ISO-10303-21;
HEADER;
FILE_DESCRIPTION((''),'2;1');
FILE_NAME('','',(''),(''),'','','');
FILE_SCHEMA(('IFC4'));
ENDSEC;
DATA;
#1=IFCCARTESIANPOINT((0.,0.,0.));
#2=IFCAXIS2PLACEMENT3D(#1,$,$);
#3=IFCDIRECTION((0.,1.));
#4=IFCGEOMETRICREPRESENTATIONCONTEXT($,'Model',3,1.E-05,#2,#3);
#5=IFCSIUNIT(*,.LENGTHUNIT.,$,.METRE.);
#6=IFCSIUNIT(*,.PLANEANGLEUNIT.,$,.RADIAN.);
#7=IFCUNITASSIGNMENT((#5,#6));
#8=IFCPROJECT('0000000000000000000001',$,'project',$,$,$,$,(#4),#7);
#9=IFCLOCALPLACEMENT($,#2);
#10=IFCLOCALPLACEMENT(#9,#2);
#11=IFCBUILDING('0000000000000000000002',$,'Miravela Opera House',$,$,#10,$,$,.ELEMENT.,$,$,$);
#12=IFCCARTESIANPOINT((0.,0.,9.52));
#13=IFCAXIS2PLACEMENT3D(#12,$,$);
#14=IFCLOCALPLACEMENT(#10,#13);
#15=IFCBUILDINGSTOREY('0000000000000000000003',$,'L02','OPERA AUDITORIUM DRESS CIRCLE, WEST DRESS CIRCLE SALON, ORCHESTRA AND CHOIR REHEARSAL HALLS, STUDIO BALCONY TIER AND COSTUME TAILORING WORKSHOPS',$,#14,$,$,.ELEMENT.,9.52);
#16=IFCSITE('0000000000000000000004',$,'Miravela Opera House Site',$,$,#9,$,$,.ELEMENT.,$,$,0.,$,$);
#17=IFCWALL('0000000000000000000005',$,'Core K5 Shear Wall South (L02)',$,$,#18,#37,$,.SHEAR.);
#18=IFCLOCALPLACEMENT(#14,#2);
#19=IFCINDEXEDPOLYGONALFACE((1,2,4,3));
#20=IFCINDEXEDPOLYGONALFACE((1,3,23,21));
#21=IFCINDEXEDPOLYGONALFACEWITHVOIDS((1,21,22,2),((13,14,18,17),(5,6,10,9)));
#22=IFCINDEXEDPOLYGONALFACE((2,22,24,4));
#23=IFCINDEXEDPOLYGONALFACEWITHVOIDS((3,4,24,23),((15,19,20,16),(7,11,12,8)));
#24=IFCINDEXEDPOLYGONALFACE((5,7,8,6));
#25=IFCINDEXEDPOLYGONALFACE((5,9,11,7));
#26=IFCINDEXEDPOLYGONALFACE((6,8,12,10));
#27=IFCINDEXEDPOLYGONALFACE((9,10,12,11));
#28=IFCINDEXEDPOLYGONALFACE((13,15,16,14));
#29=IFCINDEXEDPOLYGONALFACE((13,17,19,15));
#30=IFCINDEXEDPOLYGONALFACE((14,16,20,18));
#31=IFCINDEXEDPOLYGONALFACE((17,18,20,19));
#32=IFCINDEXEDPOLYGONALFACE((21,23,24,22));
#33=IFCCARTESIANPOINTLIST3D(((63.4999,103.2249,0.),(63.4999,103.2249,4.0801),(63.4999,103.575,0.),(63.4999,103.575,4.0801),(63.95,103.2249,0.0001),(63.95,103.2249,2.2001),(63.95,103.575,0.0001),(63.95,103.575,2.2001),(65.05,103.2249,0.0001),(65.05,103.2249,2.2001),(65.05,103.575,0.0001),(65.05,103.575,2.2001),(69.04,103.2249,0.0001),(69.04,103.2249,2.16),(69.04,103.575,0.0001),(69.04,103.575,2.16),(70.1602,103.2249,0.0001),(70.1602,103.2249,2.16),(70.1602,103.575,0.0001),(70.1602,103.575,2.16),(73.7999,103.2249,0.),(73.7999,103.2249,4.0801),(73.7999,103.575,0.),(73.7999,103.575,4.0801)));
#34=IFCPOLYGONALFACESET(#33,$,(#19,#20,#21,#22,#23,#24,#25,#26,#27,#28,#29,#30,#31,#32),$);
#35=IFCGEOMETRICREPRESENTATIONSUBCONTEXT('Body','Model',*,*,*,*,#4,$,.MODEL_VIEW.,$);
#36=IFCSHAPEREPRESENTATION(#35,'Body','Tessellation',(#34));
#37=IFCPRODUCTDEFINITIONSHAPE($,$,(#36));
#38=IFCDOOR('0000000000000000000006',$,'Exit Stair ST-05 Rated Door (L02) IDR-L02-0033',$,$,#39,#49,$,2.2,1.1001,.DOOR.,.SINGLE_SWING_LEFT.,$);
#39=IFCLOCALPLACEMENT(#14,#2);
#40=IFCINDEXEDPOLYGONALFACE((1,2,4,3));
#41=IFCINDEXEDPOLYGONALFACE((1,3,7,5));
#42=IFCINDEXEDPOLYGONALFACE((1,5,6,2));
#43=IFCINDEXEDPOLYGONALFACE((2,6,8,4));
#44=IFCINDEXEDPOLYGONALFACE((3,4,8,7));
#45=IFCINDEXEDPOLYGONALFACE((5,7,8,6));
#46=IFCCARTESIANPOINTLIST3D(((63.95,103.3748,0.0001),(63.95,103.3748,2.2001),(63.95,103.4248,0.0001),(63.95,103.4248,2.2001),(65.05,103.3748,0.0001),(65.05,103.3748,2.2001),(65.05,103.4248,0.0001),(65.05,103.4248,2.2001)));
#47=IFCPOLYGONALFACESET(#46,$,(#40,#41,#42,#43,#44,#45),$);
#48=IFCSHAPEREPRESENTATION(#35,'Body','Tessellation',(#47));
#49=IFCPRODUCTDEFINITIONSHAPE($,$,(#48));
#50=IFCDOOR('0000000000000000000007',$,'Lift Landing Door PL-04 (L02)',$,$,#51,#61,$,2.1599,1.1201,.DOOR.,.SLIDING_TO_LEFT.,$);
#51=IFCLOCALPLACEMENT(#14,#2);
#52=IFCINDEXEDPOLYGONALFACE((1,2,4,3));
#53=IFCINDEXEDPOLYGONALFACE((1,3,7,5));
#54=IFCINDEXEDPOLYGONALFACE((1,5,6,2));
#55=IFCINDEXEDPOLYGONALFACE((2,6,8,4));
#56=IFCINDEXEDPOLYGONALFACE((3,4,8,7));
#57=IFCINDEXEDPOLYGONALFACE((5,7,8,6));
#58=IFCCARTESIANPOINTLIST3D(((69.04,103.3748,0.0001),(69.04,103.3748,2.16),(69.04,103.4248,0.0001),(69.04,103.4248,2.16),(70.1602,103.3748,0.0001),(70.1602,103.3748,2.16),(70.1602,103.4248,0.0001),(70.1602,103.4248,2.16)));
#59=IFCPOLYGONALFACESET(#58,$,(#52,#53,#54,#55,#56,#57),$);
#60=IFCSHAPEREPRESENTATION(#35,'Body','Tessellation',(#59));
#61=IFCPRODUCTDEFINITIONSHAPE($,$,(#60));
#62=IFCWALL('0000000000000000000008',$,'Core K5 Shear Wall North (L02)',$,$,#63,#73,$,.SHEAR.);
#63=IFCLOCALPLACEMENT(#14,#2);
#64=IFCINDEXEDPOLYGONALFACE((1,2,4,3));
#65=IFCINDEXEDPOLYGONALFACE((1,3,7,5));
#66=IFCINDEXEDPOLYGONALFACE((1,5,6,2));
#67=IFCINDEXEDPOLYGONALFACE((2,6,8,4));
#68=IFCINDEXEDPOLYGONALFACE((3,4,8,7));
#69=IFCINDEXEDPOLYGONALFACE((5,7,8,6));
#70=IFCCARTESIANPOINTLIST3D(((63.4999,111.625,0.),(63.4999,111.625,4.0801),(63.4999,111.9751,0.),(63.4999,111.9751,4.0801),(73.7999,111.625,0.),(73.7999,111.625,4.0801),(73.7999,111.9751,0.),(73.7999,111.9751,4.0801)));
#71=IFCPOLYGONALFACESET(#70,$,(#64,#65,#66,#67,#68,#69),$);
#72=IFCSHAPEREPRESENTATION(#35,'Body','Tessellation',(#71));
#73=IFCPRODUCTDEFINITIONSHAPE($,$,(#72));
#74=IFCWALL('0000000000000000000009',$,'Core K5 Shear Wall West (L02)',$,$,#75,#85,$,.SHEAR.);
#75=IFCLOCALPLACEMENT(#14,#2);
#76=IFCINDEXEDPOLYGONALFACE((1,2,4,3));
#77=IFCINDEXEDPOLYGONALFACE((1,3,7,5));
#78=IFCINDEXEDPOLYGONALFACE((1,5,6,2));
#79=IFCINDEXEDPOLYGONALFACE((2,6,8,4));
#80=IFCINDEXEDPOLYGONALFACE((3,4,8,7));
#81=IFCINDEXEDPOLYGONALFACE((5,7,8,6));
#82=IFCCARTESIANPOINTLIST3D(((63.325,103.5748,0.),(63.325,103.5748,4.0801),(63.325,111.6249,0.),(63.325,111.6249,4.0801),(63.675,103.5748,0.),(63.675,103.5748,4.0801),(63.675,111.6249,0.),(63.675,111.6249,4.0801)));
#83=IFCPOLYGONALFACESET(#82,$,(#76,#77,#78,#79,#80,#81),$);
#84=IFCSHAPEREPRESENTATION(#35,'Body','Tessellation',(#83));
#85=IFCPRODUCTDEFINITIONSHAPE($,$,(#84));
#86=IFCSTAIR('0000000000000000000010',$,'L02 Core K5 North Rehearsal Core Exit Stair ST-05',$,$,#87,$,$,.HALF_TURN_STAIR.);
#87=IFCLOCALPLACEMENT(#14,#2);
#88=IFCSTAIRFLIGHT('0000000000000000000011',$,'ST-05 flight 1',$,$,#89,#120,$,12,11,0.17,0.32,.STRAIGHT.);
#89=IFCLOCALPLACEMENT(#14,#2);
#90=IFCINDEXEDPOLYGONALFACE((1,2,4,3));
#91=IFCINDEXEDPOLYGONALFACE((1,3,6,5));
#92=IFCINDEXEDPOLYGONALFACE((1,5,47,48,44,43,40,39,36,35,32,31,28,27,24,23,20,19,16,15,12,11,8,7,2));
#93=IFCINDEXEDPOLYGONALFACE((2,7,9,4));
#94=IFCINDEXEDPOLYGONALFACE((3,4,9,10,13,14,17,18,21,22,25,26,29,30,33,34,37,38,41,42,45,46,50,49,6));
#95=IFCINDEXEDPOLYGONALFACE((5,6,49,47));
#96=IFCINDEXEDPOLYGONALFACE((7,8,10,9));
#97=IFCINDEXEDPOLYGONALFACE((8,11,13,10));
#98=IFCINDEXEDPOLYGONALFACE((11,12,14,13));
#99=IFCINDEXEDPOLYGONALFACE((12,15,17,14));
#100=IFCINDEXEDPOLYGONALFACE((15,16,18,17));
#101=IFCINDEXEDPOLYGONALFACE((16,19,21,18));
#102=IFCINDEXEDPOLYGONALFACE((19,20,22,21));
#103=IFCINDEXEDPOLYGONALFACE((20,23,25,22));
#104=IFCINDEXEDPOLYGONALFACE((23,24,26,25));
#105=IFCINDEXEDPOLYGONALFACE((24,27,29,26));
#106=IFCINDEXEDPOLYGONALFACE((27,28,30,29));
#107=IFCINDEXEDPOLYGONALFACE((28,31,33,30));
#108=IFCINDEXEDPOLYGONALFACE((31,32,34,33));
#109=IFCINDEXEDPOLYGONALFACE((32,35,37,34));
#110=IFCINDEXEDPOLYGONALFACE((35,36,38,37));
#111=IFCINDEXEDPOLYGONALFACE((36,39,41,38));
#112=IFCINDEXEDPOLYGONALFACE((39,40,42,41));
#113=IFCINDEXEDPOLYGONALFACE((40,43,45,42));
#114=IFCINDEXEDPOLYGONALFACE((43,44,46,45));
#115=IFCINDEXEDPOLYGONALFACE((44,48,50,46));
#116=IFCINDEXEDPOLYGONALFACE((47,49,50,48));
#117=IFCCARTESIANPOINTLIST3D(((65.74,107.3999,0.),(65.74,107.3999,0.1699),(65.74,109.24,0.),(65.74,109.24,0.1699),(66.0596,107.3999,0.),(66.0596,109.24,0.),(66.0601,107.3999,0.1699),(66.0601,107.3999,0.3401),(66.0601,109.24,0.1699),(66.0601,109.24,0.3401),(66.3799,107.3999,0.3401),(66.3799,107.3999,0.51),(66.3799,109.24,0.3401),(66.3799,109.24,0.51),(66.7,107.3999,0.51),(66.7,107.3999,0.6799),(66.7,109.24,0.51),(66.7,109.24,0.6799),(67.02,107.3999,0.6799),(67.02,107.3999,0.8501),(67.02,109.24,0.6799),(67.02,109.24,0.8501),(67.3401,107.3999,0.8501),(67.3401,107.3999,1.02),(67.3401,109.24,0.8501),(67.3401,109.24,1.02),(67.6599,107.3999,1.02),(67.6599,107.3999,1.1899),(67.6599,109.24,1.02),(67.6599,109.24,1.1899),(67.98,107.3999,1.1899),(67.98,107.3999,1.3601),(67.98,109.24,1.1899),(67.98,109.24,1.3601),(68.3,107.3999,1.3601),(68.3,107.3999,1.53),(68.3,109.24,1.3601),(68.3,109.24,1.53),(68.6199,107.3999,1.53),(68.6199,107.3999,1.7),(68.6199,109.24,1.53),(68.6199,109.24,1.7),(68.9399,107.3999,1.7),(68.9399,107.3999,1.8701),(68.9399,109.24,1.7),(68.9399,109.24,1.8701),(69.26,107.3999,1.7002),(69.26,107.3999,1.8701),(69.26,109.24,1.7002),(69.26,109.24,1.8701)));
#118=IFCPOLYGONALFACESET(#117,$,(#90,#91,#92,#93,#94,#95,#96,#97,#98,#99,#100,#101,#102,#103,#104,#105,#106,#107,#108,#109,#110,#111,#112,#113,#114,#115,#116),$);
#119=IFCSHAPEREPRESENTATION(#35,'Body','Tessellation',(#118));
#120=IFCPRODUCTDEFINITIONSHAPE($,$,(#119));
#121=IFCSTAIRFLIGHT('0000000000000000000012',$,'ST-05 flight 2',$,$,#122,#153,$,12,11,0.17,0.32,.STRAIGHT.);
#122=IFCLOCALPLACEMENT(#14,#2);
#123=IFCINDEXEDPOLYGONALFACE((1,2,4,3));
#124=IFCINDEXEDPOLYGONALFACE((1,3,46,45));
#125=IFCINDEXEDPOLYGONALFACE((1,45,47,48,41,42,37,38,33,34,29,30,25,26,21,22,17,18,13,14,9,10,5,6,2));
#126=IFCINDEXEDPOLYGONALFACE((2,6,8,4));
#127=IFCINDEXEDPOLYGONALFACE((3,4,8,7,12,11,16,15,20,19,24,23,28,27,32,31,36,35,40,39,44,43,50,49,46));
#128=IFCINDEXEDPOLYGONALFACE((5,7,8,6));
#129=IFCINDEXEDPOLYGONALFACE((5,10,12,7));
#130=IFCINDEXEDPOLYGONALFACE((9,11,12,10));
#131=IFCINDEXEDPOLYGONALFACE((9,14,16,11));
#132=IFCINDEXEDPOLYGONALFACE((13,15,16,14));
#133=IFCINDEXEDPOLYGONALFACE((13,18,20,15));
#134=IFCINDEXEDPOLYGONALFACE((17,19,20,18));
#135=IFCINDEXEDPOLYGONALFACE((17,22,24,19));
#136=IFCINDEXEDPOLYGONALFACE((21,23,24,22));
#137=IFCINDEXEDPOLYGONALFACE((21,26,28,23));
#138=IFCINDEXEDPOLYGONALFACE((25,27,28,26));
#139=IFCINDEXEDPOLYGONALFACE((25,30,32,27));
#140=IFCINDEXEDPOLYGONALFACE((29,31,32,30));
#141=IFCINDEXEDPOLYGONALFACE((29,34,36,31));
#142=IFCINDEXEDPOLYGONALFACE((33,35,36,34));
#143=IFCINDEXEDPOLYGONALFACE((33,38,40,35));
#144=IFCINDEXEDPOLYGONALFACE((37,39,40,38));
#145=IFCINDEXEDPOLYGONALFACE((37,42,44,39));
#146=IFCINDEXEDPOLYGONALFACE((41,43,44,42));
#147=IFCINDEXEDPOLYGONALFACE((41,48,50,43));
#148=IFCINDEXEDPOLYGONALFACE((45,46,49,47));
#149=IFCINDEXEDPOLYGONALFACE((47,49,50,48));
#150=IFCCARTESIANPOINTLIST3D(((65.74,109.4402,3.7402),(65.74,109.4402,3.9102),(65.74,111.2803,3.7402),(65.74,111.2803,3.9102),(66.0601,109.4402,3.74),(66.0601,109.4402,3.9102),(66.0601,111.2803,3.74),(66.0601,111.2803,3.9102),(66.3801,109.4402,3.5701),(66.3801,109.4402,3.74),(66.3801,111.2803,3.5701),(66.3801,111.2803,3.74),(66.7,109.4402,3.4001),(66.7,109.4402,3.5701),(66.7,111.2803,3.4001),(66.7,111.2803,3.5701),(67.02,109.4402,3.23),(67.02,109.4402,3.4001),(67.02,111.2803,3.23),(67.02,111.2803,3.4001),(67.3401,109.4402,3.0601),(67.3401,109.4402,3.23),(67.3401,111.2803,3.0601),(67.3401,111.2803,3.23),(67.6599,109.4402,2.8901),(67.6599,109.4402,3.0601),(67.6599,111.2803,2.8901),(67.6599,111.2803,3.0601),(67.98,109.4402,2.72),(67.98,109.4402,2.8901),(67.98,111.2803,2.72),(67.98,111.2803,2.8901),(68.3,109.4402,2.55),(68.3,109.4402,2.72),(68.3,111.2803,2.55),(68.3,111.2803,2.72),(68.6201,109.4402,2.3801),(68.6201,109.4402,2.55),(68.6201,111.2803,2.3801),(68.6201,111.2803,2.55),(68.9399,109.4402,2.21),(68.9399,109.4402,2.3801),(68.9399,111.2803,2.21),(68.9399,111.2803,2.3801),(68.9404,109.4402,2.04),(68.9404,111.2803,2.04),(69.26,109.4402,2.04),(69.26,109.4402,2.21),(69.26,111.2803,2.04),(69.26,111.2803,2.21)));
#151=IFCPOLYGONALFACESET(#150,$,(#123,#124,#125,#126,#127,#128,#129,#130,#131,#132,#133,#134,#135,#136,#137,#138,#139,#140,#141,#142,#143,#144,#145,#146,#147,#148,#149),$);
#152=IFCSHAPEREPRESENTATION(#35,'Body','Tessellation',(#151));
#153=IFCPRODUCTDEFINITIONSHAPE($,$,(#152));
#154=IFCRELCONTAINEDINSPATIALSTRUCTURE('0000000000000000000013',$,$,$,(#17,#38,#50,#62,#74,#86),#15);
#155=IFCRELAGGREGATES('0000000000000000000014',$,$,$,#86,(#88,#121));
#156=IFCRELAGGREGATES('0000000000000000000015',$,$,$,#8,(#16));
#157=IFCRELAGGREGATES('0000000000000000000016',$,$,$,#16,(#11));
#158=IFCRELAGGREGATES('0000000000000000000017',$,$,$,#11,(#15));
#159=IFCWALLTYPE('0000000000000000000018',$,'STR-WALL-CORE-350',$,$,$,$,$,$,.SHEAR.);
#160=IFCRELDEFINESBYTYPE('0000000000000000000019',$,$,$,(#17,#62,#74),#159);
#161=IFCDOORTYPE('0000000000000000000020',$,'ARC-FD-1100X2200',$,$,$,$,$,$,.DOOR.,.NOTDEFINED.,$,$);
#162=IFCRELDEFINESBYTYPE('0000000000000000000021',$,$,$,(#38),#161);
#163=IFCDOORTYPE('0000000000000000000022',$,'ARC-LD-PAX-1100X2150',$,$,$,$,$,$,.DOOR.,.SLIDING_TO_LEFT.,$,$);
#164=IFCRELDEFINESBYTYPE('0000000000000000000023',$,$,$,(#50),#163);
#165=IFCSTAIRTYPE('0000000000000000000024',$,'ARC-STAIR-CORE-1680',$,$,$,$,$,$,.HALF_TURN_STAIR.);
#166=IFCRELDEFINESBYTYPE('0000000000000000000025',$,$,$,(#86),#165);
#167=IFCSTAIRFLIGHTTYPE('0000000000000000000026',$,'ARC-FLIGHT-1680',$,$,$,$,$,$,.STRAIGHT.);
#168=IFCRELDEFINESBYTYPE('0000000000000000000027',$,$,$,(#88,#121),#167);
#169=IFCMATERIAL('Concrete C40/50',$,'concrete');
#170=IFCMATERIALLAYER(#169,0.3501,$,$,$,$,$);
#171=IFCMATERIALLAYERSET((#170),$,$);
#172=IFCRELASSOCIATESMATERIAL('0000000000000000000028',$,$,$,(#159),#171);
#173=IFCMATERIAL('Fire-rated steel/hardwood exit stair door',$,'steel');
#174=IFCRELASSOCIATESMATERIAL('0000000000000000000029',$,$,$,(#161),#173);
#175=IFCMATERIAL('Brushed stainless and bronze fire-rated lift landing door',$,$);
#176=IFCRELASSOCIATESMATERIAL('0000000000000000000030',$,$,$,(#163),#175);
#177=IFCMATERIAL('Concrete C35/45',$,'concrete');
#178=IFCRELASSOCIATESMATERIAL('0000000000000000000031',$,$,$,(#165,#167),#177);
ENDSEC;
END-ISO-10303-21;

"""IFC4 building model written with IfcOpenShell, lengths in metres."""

from ifc_helpers import new_model, si_unit, direction, frame, frame_2d, origin, place, context, subcontext, project, spatial, polyline, rectangle, outline, extrude, material, layer, layer_set, type_object, element, fill, aggregate, save


model = new_model("IFC4")

# Units and contexts
model_context = context("Model", 3, precision=1e-05, world=origin(), true_north=direction((0.0, 1.0)))
body_context = subcontext(model_context, "Body", "Model", "MODEL_VIEW")
ifc_project = project(units=[si_unit("LENGTHUNIT", "METRE"), si_unit("PLANEANGLEUNIT", "RADIAN")], contexts=[model_context])

# Site, building, storey
site_placement = place(None, origin())
site = spatial("IfcSite", under=ifc_project, at=site_placement, Name="Miravela Opera House Site", CompositionType="ELEMENT", RefElevation=0.0)
building_placement = place(site_placement, origin())
building = spatial("IfcBuilding", under=site, at=building_placement, Name="Miravela Opera House", CompositionType="ELEMENT")
storey_placement = place(building_placement, frame((0.0, 0.0, 9.52)))
storey = spatial("IfcBuildingStorey", under=building, at=storey_placement, Name="L02", Description="OPERA AUDITORIUM DRESS CIRCLE, WEST DRESS CIRCLE SALON, ORCHESTRA AND CHOIR REHEARSAL HALLS, STUDIO BALCONY TIER AND COSTUME TAILORING WORKSHOPS", CompositionType="ELEMENT", Elevation=9.52)

# Shared definitions
ifc_material_1 = material(Name="Concrete C35/45", Category="concrete")

# Shared definitions
ifc_material_2 = material(Name="Concrete C40/50", Category="concrete")

# Wall, openings, doors
ifc_layer_1 = layer(ifc_material_2, 0.3501)
ifc_layer_set_1 = layer_set([ifc_layer_1])
wall_type_1 = type_object("IfcWallType", Name="STR-WALL-CORE-350", PredefinedType="SHEAR", material=ifc_layer_set_1)
wall_1_placement = place(storey_placement, frame((63.5, 103.3999, 0.0), z_axis=(0.0, 0.0, 1.0), x_axis=(1.0, 0.0, 0.0)))
wall_1 = element("IfcWall", 1, at=wall_1_placement, inside=storey, type_object=wall_type_1, Name="Core K5 Shear Wall South (L02)", PredefinedType="SHEAR", context=body_context, shape_type="SweptSolid", body=[
    extrude(rectangle(XDim=10.3, YDim=0.3501, at=frame_2d((5.1499, 0.0))), origin(), (0.0, 0.0, 1.0), 4.0801),
])
opening_1_placement = place(wall_1_placement, frame((0.45, 0.0, 0.0)))
opening_1 = element("IfcOpeningElement", 2, at=opening_1_placement, cuts=wall_1, PredefinedType="OPENING", context=body_context, shape_type="SweptSolid", body=[
    extrude(rectangle(XDim=1.1001, YDim=2.2, at=frame_2d((0.55, 1.1001))), frame((0.0, 0.1851, 0.0), z_axis=(0.0, -1.0, 0.0), x_axis=(1.0, 0.0, 0.0)), (0.0, 0.0, 1.0), 0.3701),
])
opening_2_placement = place(wall_1_placement, frame((5.54, 0.0, 0.0)))
opening_2 = element("IfcOpeningElement", 3, at=opening_2_placement, cuts=wall_1, PredefinedType="OPENING", context=body_context, shape_type="SweptSolid", body=[
    extrude(rectangle(XDim=1.1201, YDim=2.1599, at=frame_2d((0.5601, 1.0801))), frame((0.0, 0.1851, 0.0), z_axis=(0.0, -1.0, 0.0), x_axis=(1.0, 0.0, 0.0)), (0.0, 0.0, 1.0), 0.3701),
])
ifc_material_3 = material(Name="Fire-rated steel/hardwood exit stair door", Category="steel")
door_type_1 = type_object("IfcDoorType", Name="ARC-FD-1100X2200", OperationType="NOTDEFINED", PredefinedType="DOOR", material=ifc_material_3)
door_1_placement = place(opening_1_placement, origin())
door_1 = element("IfcDoor", 4, at=door_1_placement, inside=storey, type_object=door_type_1, Name="Exit Stair ST-05 Rated Door (L02) IDR-L02-0033", OperationType="SINGLE_SWING_LEFT", OverallHeight=2.2, OverallWidth=1.1001, PredefinedType="DOOR", context=body_context, shape_type="SweptSolid", body=[
    extrude(rectangle(XDim=1.1001, YDim=2.2, at=frame_2d((0.55, 1.1001))), frame((0.0, 0.0249, 0.0), z_axis=(0.0, -1.0, 0.0), x_axis=(1.0, 0.0, 0.0)), (0.0, 0.0, 1.0), 0.05),
])
fill(opening_1, door_1)
ifc_material_4 = material(Name="Brushed stainless and bronze fire-rated lift landing door")
door_type_2 = type_object("IfcDoorType", Name="ARC-LD-PAX-1100X2150", OperationType="SLIDING_TO_LEFT", PredefinedType="DOOR", material=ifc_material_4)
door_2_placement = place(opening_2_placement, origin())
door_2 = element("IfcDoor", 5, at=door_2_placement, inside=storey, type_object=door_type_2, Name="Lift Landing Door PL-04 (L02)", OperationType="SLIDING_TO_LEFT", OverallHeight=2.1599, OverallWidth=1.1201, PredefinedType="DOOR", context=body_context, shape_type="SweptSolid", body=[
    extrude(rectangle(XDim=1.1201, YDim=2.1599, at=frame_2d((0.5601, 1.0801))), frame((0.0, 0.0249, 0.0), z_axis=(0.0, -1.0, 0.0), x_axis=(1.0, 0.0, 0.0)), (0.0, 0.0, 1.0), 0.05),
])
fill(opening_2, door_2)

# Walls
wall_2_placement = place(storey_placement, frame((63.5, 111.8, 0.0), z_axis=(0.0, 0.0, 1.0), x_axis=(1.0, 0.0, 0.0)))
element("IfcWall", 6, at=wall_2_placement, inside=storey, type_object=wall_type_1, Name="Core K5 Shear Wall North (L02)", PredefinedType="SHEAR", context=body_context, shape_type="SweptSolid", body=[
    extrude(rectangle(XDim=10.3, YDim=0.3501, at=frame_2d((5.1499, 0.0))), origin(), (0.0, 0.0, 1.0), 4.0801),
])
wall_3_placement = place(storey_placement, frame((63.5, 103.575, 0.0), z_axis=(0.0, 0.0, 1.0), x_axis=(0.0, 1.0, 0.0)))
element("IfcWall", 7, at=wall_3_placement, inside=storey, type_object=wall_type_1, Name="Core K5 Shear Wall West (L02)", PredefinedType="SHEAR", context=body_context, shape_type="SweptSolid", body=[
    extrude(rectangle(XDim=8.05, YDim=0.3501, at=frame_2d((4.0249, 0.0))), origin(), (0.0, 0.0, 1.0), 4.0801),
])

# Stair, stair flights
stair_type = type_object("IfcStairType", Name="ARC-STAIR-CORE-1680", PredefinedType="HALF_TURN_STAIR", material=ifc_material_1)
stair_placement = place(storey_placement, origin())
stair = element("IfcStair", 8, at=stair_placement, inside=storey, type_object=stair_type, Name="L02 Core K5 North Rehearsal Core Exit Stair ST-05", PredefinedType="HALF_TURN_STAIR")
stair_flight_type = type_object("IfcStairFlightType", Name="ARC-FLIGHT-1680", PredefinedType="STRAIGHT", material=ifc_material_1)
stair_flight_1_placement = place(storey_placement, frame((65.74, 108.3201, 0.0), z_axis=(0.0, 0.0, 1.0), x_axis=(1.0, 0.0, 0.0)))
stair_flight_1 = element("IfcStairFlight", 9, at=stair_flight_1_placement, type_object=stair_flight_type, Name="ST-05 flight 1", NumberOfRisers=12, NumberOfTreads=11, PredefinedType="STRAIGHT", RiserHeight=0.17, TreadLength=0.32, context=body_context, shape_type="SweptSolid", body=[
    extrude(outline(polyline([(0.0, 0.0), (0.0, 0.1699), (0.3201, 0.1699), (0.3201, 0.3401), (0.6399, 0.3401), (0.6399, 0.51), (0.96, 0.51), (0.96, 0.6799), (1.28, 0.6799), (1.28, 0.8501), (1.6001, 0.8501), (1.6001, 1.02), (1.9199, 1.02), (1.9199, 1.1899), (2.24, 1.1899), (2.24, 1.3601), (2.5601, 1.3601), (2.5601, 1.53), (2.8799, 1.53), (2.8799, 1.7), (3.2, 1.7), (3.2, 1.8701), (3.52, 1.8701), (3.52, 2.04), (3.52, 1.7002), (0.3196, 0.0), (0.0, 0.0)])), frame((0.0, 0.9199, 0.0), z_axis=(0.0, -1.0, 0.0), x_axis=(1.0, 0.0, 0.0)), (0.0, 0.0, 1.0), 1.8401),
])
stair_flight_2_placement = place(storey_placement, frame((69.26, 110.3601, 2.04), z_axis=(0.0, 0.0, 1.0), x_axis=(-1.0, 0.0, 0.0)))
stair_flight_2 = element("IfcStairFlight", 10, at=stair_flight_2_placement, type_object=stair_flight_type, Name="ST-05 flight 2", NumberOfRisers=12, NumberOfTreads=11, PredefinedType="STRAIGHT", RiserHeight=0.17, TreadLength=0.32, context=body_context, shape_type="SweptSolid", body=[
    extrude(outline(polyline([(0.0, 0.0), (0.0, 0.1699), (0.3201, 0.1699), (0.3201, 0.3401), (0.6399, 0.3401), (0.6399, 0.51), (0.96, 0.51), (0.96, 0.6799), (1.28, 0.6799), (1.28, 0.8501), (1.6001, 0.8501), (1.6001, 1.02), (1.9199, 1.02), (1.9199, 1.1899), (2.24, 1.1899), (2.24, 1.3601), (2.5601, 1.3601), (2.5601, 1.53), (2.8799, 1.53), (2.8799, 1.7), (3.2, 1.7), (3.2, 1.8701), (3.52, 1.8701), (3.52, 2.04), (3.52, 1.7002), (0.3196, 0.0), (0.0, 0.0)])), frame((0.0, 0.9199, 0.0), z_axis=(0.0, -1.0, 0.0), x_axis=(1.0, 0.0, 0.0)), (0.0, 0.0, 1.0), 1.8401),
])
aggregate(stair, [stair_flight_1, stair_flight_2])

save(model, "model.ifc")
